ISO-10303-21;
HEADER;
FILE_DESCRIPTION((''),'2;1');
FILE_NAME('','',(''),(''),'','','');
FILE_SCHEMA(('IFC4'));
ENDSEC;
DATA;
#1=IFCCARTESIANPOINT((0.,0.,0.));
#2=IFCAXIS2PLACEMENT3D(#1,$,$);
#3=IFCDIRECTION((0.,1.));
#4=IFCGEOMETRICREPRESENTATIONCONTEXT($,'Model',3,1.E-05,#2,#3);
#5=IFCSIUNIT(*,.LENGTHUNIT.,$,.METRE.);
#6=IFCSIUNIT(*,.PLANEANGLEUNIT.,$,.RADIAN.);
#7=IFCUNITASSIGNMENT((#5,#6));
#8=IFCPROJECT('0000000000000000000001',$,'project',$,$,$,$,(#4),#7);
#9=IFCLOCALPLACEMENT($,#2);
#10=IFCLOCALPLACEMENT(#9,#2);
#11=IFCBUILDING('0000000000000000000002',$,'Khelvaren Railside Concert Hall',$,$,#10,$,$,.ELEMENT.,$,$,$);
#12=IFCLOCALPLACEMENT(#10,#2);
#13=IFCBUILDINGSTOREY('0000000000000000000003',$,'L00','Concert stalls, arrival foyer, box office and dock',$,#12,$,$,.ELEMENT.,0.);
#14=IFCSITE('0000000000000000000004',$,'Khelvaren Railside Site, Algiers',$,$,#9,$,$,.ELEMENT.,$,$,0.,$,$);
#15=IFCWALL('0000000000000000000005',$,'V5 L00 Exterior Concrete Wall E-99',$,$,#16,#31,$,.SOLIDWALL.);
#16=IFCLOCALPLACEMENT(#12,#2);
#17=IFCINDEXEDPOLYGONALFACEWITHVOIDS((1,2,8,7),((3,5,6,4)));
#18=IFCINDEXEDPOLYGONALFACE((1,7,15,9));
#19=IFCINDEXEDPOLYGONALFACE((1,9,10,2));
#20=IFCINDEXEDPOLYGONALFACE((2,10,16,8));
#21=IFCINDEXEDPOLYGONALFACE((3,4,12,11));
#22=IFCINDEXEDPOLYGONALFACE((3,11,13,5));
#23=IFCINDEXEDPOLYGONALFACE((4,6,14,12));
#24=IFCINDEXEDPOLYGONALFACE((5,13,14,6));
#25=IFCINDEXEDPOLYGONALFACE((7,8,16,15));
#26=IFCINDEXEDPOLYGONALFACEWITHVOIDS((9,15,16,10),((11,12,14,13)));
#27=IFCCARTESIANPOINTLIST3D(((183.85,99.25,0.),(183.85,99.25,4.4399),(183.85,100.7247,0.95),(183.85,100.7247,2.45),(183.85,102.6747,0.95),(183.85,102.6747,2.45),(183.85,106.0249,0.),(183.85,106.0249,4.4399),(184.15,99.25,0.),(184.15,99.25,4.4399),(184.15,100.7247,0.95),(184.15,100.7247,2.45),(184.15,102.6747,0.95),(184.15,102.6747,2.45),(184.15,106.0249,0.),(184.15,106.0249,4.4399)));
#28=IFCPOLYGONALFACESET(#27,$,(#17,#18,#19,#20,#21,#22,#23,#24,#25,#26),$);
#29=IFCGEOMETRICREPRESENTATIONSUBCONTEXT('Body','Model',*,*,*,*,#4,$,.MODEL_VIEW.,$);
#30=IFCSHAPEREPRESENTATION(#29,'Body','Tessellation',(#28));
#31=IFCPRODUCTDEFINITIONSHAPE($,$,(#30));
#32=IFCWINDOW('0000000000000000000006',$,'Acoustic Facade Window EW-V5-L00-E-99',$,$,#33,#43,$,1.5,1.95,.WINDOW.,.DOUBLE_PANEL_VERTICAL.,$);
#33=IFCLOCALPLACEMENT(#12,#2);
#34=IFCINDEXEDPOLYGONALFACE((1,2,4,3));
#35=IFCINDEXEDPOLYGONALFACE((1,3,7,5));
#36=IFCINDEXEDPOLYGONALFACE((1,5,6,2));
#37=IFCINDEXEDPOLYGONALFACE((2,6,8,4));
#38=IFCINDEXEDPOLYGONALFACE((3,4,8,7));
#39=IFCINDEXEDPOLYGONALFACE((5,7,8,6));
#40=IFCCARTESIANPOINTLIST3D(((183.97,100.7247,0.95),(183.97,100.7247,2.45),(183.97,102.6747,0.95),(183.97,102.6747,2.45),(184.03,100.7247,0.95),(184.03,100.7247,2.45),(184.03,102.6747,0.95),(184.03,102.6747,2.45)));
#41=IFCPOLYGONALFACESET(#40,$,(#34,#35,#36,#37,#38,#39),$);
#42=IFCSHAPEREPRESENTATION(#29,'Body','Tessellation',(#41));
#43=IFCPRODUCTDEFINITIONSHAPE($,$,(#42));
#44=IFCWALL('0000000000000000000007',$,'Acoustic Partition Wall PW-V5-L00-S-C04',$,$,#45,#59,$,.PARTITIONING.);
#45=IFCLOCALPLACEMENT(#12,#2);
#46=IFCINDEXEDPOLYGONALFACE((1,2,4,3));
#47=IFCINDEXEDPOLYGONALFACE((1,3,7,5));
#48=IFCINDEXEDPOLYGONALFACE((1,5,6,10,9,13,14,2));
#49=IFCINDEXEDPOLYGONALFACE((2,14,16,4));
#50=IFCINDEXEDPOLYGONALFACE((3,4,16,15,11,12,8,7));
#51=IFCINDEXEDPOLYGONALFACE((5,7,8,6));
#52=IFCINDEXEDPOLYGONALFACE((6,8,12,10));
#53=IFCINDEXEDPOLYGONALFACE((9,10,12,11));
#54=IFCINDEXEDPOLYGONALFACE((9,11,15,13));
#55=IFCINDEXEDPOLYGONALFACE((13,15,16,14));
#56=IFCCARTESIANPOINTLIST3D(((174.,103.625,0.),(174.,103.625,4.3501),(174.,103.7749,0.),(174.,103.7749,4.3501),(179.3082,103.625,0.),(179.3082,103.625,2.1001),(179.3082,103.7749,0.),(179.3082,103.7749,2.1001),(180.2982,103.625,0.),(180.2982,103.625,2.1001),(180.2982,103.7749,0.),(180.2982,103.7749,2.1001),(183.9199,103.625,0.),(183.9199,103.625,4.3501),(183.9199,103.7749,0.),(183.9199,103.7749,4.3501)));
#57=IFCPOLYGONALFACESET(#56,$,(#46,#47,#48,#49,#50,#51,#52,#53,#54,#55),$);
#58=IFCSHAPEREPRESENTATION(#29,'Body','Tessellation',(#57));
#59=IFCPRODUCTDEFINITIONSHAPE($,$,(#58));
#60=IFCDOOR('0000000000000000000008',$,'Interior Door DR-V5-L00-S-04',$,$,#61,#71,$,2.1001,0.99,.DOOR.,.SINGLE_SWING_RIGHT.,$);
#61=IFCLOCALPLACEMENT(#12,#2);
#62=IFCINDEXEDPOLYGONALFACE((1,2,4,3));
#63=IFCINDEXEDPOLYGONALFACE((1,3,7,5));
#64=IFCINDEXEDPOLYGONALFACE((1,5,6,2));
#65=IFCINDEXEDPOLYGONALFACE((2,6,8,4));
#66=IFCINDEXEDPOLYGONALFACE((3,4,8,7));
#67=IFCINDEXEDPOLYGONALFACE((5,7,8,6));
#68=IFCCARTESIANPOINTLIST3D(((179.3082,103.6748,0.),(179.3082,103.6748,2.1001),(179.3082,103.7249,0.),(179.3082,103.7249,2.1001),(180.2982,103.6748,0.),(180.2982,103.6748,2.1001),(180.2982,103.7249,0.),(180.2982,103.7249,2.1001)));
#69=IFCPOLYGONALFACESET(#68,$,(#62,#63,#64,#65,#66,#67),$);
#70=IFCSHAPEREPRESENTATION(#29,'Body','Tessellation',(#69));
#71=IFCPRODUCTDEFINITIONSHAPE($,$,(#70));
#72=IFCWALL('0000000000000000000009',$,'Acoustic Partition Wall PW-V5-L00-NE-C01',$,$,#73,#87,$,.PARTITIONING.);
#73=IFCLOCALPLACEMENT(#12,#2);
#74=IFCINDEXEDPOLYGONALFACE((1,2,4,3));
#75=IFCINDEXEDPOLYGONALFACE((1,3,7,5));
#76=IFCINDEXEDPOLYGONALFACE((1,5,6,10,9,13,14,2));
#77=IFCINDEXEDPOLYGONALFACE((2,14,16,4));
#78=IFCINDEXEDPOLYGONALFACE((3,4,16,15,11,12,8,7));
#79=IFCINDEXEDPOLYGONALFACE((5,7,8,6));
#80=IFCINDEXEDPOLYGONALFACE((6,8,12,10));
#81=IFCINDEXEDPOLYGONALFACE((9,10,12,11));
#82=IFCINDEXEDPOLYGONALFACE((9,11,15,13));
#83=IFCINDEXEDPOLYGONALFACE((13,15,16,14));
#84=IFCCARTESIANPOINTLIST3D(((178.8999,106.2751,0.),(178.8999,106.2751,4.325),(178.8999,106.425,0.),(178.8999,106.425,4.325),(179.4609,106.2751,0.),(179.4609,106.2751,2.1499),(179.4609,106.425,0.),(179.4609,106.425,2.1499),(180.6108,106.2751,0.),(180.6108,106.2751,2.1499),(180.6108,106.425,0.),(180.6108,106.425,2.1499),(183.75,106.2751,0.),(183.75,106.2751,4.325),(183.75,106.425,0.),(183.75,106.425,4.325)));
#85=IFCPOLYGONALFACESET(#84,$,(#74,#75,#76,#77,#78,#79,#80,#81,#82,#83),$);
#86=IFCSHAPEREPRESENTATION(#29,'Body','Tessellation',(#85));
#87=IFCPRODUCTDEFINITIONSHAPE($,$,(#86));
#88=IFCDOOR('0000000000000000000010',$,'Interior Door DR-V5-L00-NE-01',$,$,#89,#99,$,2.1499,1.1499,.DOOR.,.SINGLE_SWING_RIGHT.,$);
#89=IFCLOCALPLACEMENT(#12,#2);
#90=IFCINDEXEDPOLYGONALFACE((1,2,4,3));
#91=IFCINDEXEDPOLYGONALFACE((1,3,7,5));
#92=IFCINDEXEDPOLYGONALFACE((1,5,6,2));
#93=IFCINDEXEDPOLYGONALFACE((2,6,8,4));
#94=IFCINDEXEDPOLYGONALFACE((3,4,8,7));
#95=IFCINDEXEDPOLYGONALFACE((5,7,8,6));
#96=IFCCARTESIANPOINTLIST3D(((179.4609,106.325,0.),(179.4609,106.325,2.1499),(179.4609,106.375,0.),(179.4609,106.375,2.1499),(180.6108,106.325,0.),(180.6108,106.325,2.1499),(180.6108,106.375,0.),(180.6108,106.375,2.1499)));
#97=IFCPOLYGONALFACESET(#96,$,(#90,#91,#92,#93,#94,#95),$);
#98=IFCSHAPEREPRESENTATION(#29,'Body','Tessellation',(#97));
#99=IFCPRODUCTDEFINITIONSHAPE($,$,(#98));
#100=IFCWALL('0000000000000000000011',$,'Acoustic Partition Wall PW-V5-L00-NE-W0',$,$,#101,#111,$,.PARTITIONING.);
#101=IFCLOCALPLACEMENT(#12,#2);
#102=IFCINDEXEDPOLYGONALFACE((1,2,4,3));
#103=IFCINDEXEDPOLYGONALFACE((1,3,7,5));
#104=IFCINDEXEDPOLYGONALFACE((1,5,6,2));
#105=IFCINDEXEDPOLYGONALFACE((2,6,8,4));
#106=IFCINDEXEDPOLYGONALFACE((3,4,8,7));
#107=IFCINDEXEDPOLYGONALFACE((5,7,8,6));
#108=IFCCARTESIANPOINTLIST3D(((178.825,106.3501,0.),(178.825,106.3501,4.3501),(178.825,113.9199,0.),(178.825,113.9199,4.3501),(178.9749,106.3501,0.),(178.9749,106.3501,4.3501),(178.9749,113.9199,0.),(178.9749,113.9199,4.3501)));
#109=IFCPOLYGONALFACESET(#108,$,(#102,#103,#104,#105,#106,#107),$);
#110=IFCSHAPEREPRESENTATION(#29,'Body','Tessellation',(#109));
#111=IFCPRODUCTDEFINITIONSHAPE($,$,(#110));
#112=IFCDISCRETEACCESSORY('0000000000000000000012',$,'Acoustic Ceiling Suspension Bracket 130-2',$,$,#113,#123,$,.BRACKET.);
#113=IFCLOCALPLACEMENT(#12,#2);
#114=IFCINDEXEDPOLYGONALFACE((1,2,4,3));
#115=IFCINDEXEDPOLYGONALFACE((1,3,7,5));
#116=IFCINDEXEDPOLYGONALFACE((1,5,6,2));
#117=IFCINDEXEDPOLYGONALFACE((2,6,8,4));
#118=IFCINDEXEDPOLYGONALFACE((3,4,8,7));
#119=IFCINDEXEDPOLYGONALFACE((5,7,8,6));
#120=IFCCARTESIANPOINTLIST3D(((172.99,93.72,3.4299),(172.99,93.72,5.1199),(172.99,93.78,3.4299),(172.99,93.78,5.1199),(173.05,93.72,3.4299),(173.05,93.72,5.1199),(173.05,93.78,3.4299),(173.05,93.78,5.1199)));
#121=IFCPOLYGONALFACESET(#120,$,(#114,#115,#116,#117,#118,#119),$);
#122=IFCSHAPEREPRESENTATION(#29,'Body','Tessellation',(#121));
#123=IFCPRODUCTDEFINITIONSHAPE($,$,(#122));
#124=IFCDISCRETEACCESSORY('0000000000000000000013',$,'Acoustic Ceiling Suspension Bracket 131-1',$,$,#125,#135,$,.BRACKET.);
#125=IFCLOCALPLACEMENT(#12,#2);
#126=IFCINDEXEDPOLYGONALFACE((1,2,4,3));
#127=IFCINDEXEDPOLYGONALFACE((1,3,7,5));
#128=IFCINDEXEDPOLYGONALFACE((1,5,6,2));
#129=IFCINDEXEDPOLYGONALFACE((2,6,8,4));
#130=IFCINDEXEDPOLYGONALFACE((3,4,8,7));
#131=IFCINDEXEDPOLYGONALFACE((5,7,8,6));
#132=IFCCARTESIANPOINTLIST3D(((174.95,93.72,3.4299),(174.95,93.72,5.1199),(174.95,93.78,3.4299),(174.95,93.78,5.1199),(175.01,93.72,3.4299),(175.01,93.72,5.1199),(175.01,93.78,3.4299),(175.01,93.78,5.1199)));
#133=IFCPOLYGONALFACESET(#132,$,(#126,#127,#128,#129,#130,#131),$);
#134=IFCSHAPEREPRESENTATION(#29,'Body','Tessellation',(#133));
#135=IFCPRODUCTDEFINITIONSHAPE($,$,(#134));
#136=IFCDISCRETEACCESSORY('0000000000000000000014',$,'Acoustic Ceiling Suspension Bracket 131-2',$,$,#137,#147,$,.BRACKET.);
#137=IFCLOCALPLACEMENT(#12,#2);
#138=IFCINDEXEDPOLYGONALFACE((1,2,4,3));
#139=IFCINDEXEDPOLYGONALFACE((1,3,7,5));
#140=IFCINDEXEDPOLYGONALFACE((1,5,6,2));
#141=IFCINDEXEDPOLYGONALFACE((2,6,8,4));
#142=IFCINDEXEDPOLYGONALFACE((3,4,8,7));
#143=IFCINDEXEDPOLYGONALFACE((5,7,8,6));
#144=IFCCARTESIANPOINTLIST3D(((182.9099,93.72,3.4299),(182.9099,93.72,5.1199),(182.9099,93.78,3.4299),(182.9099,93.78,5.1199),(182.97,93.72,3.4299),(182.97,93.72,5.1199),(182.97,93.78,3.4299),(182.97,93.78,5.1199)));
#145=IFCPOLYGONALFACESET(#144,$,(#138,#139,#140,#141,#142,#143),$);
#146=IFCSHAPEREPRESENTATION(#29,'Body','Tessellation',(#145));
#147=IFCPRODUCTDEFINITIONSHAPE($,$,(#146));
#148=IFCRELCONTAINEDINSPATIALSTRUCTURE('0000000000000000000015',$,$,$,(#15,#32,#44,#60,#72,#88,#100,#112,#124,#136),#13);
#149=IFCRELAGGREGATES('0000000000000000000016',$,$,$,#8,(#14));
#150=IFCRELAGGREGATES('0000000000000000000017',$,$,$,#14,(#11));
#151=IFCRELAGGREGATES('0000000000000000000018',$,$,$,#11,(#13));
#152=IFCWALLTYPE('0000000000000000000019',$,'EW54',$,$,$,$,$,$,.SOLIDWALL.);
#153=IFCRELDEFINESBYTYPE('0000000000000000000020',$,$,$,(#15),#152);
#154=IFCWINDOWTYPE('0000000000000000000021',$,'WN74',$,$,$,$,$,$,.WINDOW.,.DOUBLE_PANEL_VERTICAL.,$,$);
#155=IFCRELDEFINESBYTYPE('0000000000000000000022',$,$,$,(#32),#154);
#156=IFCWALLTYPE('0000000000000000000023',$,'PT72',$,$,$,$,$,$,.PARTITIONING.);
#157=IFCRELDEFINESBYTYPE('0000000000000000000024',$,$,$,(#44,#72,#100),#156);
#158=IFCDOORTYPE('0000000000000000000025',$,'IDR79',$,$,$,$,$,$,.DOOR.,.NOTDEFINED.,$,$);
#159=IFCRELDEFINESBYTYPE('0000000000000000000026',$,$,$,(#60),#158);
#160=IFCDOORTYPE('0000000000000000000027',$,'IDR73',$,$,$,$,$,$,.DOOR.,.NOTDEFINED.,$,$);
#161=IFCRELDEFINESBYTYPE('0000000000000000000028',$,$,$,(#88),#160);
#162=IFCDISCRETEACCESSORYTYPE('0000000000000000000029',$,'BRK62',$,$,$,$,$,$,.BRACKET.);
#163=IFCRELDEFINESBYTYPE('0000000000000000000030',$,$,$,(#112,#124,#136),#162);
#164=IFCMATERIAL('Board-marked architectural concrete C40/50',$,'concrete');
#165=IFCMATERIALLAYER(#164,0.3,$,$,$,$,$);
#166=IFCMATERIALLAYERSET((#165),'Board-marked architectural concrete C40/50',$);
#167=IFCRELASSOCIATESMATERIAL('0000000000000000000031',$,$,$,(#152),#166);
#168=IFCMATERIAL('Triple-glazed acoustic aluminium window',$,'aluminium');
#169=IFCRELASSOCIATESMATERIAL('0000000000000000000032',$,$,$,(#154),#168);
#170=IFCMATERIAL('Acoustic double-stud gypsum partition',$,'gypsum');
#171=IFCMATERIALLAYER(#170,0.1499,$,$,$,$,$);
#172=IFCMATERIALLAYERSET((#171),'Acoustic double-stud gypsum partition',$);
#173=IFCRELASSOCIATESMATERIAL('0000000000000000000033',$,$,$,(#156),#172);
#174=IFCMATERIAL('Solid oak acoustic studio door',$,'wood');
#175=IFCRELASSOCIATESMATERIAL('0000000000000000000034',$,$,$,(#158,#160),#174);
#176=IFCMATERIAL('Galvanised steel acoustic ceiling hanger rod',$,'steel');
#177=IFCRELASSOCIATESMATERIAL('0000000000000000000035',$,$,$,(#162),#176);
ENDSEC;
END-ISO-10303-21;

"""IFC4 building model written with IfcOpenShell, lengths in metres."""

from ifc_helpers import new_model, si_unit, direction, frame, frame_2d, origin, origin_2d, place, context, subcontext, project, spatial, rectangle, extrude, material, layer, layer_set, type_object, element, fill, save


model = new_model("IFC4")

# Units and contexts
model_context = context("Model", 3, precision=1e-05, world=origin(), true_north=direction((0.0, 1.0)))
body_context = subcontext(model_context, "Body", "Model", "MODEL_VIEW")
ifc_project = project(units=[si_unit("LENGTHUNIT", "METRE"), si_unit("PLANEANGLEUNIT", "RADIAN")], contexts=[model_context])

# Site, building, storey
site_placement = place(None, origin())
site = spatial("IfcSite", under=ifc_project, at=site_placement, Name="Khelvaren Railside Site, Algiers", CompositionType="ELEMENT", RefElevation=0.0)
building_placement = place(site_placement, origin())
building = spatial("IfcBuilding", under=site, at=building_placement, Name="Khelvaren Railside Concert Hall", CompositionType="ELEMENT")
storey_placement = place(building_placement, origin())
storey = spatial("IfcBuildingStorey", under=building, at=storey_placement, Name="L00", Description="Concert stalls, arrival foyer, box office and dock", CompositionType="ELEMENT", Elevation=0.0)

# Wall, opening, window
ifc_material_1 = material(Name="Board-marked architectural concrete C40/50", Category="concrete")
ifc_layer_1 = layer(ifc_material_1, 0.3)
ifc_layer_set_1 = layer_set([ifc_layer_1], Name="Board-marked architectural concrete C40/50")
wall_type_1 = type_object("IfcWallType", Name="EW54", PredefinedType="SOLIDWALL", material=ifc_layer_set_1)
ifc_material_2 = material(Name="Triple-glazed acoustic aluminium window", Category="aluminium")
wall_1_placement = place(storey_placement, frame((184.0, 106.0249, 0.0), z_axis=(0.0, 0.0, 1.0), x_axis=(0.0, -1.0, 0.0)))
wall_1 = element("IfcWall", 1, at=wall_1_placement, inside=storey, type_object=wall_type_1, Name="V5 L00 Exterior Concrete Wall E-99", PredefinedType="SOLIDWALL", context=body_context, shape_type="SweptSolid", body=[
    extrude(rectangle(XDim=6.7749, YDim=0.3, at=frame_2d((3.3875, 0.0))), origin(), (0.0, 0.0, 1.0), 4.4399),
])
opening_1_placement = place(wall_1_placement, frame((3.3501, 0.0, 0.95)))
opening_1 = element("IfcOpeningElement", 2, at=opening_1_placement, cuts=wall_1, PredefinedType="OPENING", context=body_context, shape_type="SweptSolid", body=[
    extrude(rectangle(XDim=1.95, YDim=1.5, at=frame_2d((0.9751, 0.75))), frame((0.0, 0.1599, 0.0), z_axis=(0.0, -1.0, 0.0), x_axis=(1.0, 0.0, 0.0)), (0.0, 0.0, 1.0), 0.3201),
])
window_type_1 = type_object("IfcWindowType", Name="WN74", PartitioningType="DOUBLE_PANEL_VERTICAL", PredefinedType="WINDOW", material=ifc_material_2)
window_1_placement = place(opening_1_placement, origin())
window_1 = element("IfcWindow", 3, at=window_1_placement, inside=storey, type_object=window_type_1, Name="Acoustic Facade Window EW-V5-L00-E-99", OverallHeight=1.5, OverallWidth=1.95, PartitioningType="DOUBLE_PANEL_VERTICAL", PredefinedType="WINDOW", context=body_context, shape_type="SweptSolid", body=[
    extrude(rectangle(XDim=1.95, YDim=1.5, at=frame_2d((0.9751, 0.75))), frame((0.0, 0.03, 0.0), z_axis=(0.0, -1.0, 0.0), x_axis=(1.0, 0.0, 0.0)), (0.0, 0.0, 1.0), 0.0601),
])
fill(opening_1, window_1)

# Walls, openings, doors
ifc_material_3 = material(Name="Acoustic double-stud gypsum partition", Category="gypsum")
ifc_layer_2 = layer(ifc_material_3, 0.1499)
ifc_layer_set_2 = layer_set([ifc_layer_2], Name="Acoustic double-stud gypsum partition")
wall_type_2 = type_object("IfcWallType", Name="PT72", PredefinedType="PARTITIONING", material=ifc_layer_set_2)
wall_2_placement = place(storey_placement, frame((174.0, 103.7, 0.0), z_axis=(0.0, 0.0, 1.0), x_axis=(1.0, 0.0, 0.0)))
wall_2 = element("IfcWall", 4, at=wall_2_placement, inside=storey, type_object=wall_type_2, Name="Acoustic Partition Wall PW-V5-L00-S-C04", PredefinedType="PARTITIONING", context=body_context, shape_type="SweptSolid", body=[
    extrude(rectangle(XDim=9.9199, YDim=0.1499, at=frame_2d((4.96, 0.0))), origin(), (0.0, 0.0, 1.0), 4.3501),
])
opening_2_placement = place(wall_2_placement, frame((5.3081, 0.0, 0.0)))
opening_2 = element("IfcOpeningElement", 5, at=opening_2_placement, cuts=wall_2, PredefinedType="OPENING", context=body_context, shape_type="SweptSolid", body=[
    extrude(rectangle(XDim=0.99, YDim=2.1001, at=frame_2d((0.4951, 1.05))), frame((0.0, 0.085, 0.0), z_axis=(0.0, -1.0, 0.0), x_axis=(1.0, 0.0, 0.0)), (0.0, 0.0, 1.0), 0.1699),
])
ifc_material_4 = material(Name="Solid oak acoustic studio door", Category="wood")
door_type_1 = type_object("IfcDoorType", Name="IDR79", OperationType="NOTDEFINED", PredefinedType="DOOR", material=ifc_material_4)
door_1_placement = place(opening_2_placement, origin())
door_1 = element("IfcDoor", 6, at=door_1_placement, inside=storey, type_object=door_type_1, Name="Interior Door DR-V5-L00-S-04", OperationType="SINGLE_SWING_RIGHT", OverallHeight=2.1001, OverallWidth=0.99, PredefinedType="DOOR", context=body_context, shape_type="SweptSolid", body=[
    extrude(rectangle(XDim=0.99, YDim=2.1001, at=frame_2d((0.4951, 1.05))), frame((0.0, 0.0249, 0.0), z_axis=(0.0, -1.0, 0.0), x_axis=(1.0, 0.0, 0.0)), (0.0, 0.0, 1.0), 0.05),
])
fill(opening_2, door_1)
wall_3_placement = place(storey_placement, frame((178.8999, 106.3501, 0.0), z_axis=(0.0, 0.0, 1.0), x_axis=(1.0, 0.0, 0.0)))
wall_3 = element("IfcWall", 7, at=wall_3_placement, inside=storey, type_object=wall_type_2, Name="Acoustic Partition Wall PW-V5-L00-NE-C01", PredefinedType="PARTITIONING", context=body_context, shape_type="SweptSolid", body=[
    extrude(rectangle(XDim=4.8501, YDim=0.1499, at=frame_2d((2.425, 0.0))), origin(), (0.0, 0.0, 1.0), 4.325),
])
opening_3_placement = place(wall_3_placement, frame((0.561, 0.0, 0.0)))
opening_3 = element("IfcOpeningElement", 8, at=opening_3_placement, cuts=wall_3, PredefinedType="OPENING", context=body_context, shape_type="SweptSolid", body=[
    extrude(rectangle(XDim=1.1499, YDim=2.1499, at=frame_2d((0.575, 1.075))), frame((0.0, 0.085, 0.0), z_axis=(0.0, -1.0, 0.0), x_axis=(1.0, 0.0, 0.0)), (0.0, 0.0, 1.0), 0.1699),
])
door_type_2 = type_object("IfcDoorType", Name="IDR73", OperationType="NOTDEFINED", PredefinedType="DOOR", material=ifc_material_4)
door_2_placement = place(opening_3_placement, origin())
door_2 = element("IfcDoor", 9, at=door_2_placement, inside=storey, type_object=door_type_2, Name="Interior Door DR-V5-L00-NE-01", OperationType="SINGLE_SWING_RIGHT", OverallHeight=2.1499, OverallWidth=1.1499, PredefinedType="DOOR", context=body_context, shape_type="SweptSolid", body=[
    extrude(rectangle(XDim=1.1499, YDim=2.1499, at=frame_2d((0.575, 1.075))), frame((0.0, 0.0249, 0.0), z_axis=(0.0, -1.0, 0.0), x_axis=(1.0, 0.0, 0.0)), (0.0, 0.0, 1.0), 0.05),
])
fill(opening_3, door_2)

# Wall
wall_4_placement = place(storey_placement, frame((178.8999, 106.3501, 0.0), z_axis=(0.0, 0.0, 1.0), x_axis=(0.0, 1.0, 0.0)))
element("IfcWall", 10, at=wall_4_placement, inside=storey, type_object=wall_type_2, Name="Acoustic Partition Wall PW-V5-L00-NE-W0", PredefinedType="PARTITIONING", context=body_context, shape_type="SweptSolid", body=[
    extrude(rectangle(XDim=7.5698, YDim=0.1499, at=frame_2d((3.7849, 0.0))), origin(), (0.0, 0.0, 1.0), 4.3501),
])

# Discrete accessories
ifc_material_5 = material(Name="Galvanised steel acoustic ceiling hanger rod", Category="steel")
discrete_accessory_type = type_object("IfcDiscreteAccessoryType", Name="BRK62", PredefinedType="BRACKET", material=ifc_material_5)
for number, where, z_axis, x_axis, name in (
    (11, (173.02, 93.75, 3.4299), (0.0, 0.0, 1.0), (1.0, 0.0, 0.0), "Acoustic Ceiling Suspension Bracket 130-2"),
    (12, (174.98, 93.75, 3.4299), (0.0, 0.0, 1.0), (1.0, 0.0, 0.0), "Acoustic Ceiling Suspension Bracket 131-1"),
    (13, (182.9399, 93.75, 3.4299), (0.0, 0.0, 1.0), (1.0, 0.0, 0.0), "Acoustic Ceiling Suspension Bracket 131-2"),
):
    element("IfcDiscreteAccessory", number, at=place(storey_placement, frame(where, z_axis=z_axis, x_axis=x_axis)), inside=storey, type_object=discrete_accessory_type, Name=name, PredefinedType="BRACKET", context=body_context, shape_type="SweptSolid", body=[
        extrude(rectangle(XDim=0.0601, YDim=0.0601, at=origin_2d()), origin(), (0.0, 0.0, 1.0), 1.6899),
    ])

save(model, "model.ifc")
